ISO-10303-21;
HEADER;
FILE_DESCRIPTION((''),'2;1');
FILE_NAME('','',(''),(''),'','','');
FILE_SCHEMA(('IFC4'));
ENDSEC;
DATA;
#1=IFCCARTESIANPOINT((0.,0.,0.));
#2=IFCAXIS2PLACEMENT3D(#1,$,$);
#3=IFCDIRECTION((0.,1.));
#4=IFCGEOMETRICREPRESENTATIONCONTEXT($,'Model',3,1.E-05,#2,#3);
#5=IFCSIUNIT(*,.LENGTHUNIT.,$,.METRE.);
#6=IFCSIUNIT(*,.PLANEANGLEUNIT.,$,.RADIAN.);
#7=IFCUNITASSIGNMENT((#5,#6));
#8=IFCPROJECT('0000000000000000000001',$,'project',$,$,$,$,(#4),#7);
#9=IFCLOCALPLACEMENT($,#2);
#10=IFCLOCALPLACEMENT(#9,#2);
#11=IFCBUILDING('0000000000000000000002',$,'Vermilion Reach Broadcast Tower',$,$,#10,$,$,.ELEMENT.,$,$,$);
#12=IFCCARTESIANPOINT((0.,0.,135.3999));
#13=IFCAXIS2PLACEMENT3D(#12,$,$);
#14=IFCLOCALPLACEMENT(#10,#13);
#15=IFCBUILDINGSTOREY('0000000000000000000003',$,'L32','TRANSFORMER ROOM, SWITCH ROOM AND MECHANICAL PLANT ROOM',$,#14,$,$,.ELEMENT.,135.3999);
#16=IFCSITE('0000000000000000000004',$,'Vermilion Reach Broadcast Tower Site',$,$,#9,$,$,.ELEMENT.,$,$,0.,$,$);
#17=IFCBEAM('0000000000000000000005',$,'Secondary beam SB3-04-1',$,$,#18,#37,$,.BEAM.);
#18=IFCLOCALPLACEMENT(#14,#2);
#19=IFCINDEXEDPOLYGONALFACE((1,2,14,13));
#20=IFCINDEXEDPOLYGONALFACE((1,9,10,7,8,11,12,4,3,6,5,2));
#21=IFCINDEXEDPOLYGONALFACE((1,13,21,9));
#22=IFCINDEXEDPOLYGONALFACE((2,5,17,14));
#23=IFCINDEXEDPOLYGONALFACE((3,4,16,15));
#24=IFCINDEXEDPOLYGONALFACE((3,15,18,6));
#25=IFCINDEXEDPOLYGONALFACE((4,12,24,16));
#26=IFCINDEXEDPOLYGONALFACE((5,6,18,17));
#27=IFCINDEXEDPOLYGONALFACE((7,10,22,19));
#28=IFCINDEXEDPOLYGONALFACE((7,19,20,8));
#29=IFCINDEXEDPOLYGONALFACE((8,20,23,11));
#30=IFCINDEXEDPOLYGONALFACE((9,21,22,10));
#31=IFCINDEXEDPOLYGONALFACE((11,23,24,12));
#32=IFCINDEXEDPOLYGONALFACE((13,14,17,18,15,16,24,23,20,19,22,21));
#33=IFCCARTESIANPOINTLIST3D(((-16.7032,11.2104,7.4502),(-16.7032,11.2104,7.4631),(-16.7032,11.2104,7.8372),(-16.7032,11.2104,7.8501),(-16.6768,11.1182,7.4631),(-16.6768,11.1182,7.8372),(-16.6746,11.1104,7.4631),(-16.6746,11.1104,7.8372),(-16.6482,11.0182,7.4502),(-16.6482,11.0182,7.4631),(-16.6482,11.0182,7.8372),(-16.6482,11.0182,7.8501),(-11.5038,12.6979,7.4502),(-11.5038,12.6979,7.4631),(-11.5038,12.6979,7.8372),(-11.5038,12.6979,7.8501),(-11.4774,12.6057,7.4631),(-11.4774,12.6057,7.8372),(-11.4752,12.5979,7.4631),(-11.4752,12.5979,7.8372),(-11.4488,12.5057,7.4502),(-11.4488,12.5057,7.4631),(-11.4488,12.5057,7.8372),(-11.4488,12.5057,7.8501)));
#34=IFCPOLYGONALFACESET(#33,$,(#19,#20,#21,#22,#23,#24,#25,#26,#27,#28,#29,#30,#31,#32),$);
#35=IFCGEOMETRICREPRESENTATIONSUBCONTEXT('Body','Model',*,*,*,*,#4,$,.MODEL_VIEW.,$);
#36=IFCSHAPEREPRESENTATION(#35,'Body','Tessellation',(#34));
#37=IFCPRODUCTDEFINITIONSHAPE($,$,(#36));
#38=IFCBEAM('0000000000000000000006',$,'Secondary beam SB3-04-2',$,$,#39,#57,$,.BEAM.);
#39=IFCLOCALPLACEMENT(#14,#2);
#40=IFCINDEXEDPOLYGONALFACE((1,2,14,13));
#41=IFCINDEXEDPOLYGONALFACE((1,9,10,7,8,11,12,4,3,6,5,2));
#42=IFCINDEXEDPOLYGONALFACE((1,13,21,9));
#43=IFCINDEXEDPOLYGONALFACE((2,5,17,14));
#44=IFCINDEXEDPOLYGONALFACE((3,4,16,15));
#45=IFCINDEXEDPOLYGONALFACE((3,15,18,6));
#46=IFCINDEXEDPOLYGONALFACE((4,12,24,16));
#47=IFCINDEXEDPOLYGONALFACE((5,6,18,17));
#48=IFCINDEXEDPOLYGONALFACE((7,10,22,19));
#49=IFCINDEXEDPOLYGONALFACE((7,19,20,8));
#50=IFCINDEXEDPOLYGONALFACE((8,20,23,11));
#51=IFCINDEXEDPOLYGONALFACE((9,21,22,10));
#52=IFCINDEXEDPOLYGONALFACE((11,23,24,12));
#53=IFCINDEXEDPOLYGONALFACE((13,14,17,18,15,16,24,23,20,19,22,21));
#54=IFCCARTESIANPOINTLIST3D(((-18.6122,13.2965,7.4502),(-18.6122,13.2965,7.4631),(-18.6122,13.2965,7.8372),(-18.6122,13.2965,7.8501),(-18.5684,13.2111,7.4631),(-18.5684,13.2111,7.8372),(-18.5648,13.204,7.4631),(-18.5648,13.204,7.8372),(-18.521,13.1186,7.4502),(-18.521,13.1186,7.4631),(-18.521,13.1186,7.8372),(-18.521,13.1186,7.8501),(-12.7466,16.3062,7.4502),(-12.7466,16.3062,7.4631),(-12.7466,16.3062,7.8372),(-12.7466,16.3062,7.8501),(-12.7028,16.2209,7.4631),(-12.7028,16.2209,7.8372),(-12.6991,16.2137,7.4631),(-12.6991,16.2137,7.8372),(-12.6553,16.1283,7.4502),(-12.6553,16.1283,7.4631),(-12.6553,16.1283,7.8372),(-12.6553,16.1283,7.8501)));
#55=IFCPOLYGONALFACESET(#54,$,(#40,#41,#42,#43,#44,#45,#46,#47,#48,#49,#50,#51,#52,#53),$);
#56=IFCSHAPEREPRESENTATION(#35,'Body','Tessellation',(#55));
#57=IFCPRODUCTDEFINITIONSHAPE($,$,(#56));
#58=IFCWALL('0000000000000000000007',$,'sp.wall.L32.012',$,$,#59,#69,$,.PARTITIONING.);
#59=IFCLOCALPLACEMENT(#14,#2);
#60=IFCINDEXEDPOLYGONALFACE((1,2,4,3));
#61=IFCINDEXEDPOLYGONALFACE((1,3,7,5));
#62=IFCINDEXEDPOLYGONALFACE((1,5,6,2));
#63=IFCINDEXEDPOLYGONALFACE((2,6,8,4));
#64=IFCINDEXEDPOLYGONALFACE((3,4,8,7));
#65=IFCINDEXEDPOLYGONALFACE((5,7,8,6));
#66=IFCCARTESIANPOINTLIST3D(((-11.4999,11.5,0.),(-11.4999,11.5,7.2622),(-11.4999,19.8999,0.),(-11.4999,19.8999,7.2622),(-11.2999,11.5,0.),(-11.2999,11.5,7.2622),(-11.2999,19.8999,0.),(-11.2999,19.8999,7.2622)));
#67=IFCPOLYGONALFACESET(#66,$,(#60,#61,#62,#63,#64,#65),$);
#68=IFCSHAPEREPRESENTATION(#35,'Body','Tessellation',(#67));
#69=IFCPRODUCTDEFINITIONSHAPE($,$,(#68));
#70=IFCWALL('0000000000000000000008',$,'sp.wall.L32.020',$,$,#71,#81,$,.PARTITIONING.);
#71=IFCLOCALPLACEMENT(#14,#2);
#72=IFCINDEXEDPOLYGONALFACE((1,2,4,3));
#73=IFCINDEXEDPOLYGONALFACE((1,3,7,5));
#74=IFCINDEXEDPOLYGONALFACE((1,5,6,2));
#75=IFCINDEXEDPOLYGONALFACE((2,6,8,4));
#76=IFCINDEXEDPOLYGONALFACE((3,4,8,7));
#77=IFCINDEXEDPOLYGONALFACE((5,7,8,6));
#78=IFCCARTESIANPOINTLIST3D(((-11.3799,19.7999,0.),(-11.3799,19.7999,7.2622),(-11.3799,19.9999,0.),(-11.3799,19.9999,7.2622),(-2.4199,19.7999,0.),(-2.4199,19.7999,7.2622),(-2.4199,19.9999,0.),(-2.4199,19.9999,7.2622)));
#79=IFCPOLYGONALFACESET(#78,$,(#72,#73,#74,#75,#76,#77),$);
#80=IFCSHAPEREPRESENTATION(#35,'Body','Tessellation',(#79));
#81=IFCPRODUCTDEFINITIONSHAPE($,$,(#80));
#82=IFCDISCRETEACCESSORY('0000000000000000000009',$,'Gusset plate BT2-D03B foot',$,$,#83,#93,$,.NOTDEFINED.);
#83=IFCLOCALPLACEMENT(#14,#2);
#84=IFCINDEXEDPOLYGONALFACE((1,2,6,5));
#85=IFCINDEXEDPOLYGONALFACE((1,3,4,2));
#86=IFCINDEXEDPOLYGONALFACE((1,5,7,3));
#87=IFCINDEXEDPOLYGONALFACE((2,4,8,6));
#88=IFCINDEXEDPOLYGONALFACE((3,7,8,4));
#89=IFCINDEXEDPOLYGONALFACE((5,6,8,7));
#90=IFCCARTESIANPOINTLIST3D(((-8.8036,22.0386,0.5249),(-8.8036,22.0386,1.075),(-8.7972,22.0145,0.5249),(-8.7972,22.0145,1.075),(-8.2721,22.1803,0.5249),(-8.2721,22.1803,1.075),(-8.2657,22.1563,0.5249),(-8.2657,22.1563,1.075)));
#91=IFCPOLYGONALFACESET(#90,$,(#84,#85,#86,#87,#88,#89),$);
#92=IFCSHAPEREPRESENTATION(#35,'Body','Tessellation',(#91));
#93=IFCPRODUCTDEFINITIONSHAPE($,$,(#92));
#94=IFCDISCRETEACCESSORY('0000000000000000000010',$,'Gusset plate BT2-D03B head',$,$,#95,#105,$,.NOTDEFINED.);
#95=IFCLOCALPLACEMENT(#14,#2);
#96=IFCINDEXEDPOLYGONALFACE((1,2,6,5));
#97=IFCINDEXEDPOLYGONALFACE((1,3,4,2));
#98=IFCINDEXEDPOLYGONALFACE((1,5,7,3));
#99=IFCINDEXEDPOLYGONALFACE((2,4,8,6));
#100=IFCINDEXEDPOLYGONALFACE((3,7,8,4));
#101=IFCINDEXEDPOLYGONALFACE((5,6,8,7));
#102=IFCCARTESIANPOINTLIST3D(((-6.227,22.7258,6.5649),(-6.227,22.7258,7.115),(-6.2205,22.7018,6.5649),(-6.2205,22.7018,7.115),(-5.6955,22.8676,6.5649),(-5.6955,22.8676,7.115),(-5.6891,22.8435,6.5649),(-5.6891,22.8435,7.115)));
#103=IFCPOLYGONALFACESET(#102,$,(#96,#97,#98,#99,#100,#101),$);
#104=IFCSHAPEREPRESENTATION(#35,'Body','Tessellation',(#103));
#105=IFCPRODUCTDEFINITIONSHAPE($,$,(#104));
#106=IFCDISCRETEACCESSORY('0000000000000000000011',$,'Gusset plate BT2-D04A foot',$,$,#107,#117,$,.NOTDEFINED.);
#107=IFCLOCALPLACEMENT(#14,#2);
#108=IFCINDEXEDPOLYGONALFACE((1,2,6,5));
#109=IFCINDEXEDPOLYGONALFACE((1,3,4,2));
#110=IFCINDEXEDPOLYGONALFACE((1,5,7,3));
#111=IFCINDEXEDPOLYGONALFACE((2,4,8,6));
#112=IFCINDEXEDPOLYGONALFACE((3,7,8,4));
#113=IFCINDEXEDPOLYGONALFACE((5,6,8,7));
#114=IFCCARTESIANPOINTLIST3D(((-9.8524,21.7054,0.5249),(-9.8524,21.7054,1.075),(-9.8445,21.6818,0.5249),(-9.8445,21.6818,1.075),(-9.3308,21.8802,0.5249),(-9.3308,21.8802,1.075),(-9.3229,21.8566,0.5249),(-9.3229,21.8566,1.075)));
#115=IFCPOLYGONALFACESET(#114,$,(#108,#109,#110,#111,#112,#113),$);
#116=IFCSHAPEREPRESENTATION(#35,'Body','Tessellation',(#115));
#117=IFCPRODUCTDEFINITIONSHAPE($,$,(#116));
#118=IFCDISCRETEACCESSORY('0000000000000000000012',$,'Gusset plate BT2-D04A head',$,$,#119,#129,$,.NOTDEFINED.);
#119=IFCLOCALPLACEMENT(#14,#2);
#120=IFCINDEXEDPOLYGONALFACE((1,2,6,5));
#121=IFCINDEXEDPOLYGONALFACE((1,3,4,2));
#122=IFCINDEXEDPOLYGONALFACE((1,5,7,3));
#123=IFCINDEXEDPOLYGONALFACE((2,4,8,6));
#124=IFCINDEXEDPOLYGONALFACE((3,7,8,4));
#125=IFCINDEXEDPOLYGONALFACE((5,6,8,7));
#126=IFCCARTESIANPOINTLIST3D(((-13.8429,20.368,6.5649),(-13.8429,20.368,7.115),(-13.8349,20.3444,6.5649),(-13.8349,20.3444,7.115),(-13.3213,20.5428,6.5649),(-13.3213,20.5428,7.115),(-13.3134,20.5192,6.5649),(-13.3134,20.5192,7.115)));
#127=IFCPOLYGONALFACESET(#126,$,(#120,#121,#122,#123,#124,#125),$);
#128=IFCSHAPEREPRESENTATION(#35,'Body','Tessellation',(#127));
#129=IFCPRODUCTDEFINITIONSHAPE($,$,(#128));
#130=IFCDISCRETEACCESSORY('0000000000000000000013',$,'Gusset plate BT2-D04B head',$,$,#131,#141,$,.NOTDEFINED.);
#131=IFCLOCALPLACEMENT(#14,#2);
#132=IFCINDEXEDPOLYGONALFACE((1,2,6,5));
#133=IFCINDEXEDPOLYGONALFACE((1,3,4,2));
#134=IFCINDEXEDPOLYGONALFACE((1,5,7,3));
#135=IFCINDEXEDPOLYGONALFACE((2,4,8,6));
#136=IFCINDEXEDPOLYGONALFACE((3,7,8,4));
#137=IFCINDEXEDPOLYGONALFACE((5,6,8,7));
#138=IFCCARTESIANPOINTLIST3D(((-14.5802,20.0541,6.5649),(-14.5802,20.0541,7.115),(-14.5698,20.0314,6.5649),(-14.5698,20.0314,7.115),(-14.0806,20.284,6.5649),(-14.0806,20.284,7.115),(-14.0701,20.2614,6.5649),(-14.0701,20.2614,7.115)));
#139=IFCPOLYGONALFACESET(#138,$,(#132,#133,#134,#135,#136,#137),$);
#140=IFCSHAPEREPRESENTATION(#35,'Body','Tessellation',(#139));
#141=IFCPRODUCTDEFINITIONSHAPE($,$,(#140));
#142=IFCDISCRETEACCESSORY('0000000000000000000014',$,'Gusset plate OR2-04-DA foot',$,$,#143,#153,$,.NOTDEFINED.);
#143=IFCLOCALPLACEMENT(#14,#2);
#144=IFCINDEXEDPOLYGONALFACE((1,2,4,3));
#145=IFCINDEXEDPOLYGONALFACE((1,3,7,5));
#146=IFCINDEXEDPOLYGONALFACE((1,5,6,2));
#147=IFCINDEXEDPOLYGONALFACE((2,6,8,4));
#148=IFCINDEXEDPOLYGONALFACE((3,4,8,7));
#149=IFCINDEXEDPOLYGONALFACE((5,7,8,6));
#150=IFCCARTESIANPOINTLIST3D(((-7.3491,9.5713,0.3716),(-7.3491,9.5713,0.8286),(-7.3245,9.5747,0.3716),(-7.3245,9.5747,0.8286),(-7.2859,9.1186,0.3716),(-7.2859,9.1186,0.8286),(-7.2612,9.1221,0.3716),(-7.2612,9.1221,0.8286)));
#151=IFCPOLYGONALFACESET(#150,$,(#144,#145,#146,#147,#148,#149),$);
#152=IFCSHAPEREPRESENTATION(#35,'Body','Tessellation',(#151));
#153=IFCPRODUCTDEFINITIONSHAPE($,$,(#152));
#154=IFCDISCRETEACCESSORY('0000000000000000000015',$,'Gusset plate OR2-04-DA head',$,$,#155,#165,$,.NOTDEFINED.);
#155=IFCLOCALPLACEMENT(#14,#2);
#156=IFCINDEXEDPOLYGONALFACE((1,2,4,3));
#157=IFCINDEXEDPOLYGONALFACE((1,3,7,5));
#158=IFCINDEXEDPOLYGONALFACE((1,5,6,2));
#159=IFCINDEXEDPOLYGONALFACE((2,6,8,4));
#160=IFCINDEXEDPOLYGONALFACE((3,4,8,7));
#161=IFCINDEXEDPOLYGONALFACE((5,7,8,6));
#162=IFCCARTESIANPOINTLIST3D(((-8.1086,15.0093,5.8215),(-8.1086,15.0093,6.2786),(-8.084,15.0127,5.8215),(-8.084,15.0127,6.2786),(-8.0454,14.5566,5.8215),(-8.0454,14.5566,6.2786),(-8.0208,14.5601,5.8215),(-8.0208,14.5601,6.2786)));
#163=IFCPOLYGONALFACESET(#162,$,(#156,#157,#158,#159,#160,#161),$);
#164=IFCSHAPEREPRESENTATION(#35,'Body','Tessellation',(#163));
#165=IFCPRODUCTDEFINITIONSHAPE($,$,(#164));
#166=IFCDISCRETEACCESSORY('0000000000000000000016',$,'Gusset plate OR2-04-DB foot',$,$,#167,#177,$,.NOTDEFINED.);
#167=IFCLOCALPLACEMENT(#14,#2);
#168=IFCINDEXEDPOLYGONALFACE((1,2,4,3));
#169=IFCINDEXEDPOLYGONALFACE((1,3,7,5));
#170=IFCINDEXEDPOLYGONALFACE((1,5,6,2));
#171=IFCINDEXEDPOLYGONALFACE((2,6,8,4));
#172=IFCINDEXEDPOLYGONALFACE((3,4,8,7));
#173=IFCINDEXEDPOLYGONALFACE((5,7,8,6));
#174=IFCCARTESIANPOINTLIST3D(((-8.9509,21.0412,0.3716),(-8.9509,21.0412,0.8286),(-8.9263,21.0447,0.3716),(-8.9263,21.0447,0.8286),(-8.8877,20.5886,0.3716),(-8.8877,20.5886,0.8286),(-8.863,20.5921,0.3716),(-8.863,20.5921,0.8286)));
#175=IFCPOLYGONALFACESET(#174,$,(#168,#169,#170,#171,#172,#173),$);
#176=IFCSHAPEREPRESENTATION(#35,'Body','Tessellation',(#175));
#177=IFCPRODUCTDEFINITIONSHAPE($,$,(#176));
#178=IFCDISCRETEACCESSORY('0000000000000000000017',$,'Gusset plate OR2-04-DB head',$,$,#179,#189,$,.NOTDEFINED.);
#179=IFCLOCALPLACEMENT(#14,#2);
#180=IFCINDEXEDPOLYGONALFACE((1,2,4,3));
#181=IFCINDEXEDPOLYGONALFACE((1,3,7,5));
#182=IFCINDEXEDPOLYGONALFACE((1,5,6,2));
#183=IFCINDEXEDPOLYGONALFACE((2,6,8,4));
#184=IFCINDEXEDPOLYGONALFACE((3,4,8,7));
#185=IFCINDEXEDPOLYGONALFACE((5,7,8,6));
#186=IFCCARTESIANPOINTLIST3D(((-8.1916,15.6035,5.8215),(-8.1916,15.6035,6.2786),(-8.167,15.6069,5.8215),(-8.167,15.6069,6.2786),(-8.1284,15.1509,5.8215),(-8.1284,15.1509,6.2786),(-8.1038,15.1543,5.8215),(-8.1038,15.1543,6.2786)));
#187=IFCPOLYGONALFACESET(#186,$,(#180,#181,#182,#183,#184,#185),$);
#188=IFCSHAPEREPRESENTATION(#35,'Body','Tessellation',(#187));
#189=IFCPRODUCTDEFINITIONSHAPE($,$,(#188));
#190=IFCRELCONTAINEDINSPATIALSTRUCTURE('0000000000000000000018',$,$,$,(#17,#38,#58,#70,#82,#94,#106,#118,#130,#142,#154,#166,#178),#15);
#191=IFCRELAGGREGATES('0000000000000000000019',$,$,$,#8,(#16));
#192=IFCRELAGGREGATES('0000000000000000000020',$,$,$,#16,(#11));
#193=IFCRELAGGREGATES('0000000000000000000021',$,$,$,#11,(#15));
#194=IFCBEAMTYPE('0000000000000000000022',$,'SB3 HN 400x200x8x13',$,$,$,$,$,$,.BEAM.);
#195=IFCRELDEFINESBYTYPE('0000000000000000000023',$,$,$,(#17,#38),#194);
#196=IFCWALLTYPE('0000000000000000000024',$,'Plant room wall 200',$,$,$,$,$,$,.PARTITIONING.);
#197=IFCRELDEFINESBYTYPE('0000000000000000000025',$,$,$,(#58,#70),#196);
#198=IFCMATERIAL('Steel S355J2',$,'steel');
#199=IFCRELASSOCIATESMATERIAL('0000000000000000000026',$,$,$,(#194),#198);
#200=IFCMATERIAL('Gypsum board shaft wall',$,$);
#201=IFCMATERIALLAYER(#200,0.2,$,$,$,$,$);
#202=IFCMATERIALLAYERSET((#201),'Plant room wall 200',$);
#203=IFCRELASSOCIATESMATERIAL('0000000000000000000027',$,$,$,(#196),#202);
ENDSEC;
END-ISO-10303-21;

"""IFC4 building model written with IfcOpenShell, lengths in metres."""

from ifc_helpers import new_model, si_unit, direction, frame, frame_2d, origin, origin_2d, place, context, subcontext, project, spatial, rectangle, i_section, extrude, material, layer, layer_set, material_profile, profile_set, type_object, element, save


model = new_model("IFC4")

# Units and contexts
model_context = context("Model", 3, precision=1e-05, world=origin(), true_north=direction((0.0, 1.0)))
body_context = subcontext(model_context, "Body", "Model", "MODEL_VIEW")
ifc_project = project(units=[si_unit("LENGTHUNIT", "METRE"), si_unit("PLANEANGLEUNIT", "RADIAN")], contexts=[model_context])

# Site, building, storey
site_placement = place(None, origin())
site = spatial("IfcSite", under=ifc_project, at=site_placement, Name="Vermilion Reach Broadcast Tower Site", CompositionType="ELEMENT", RefElevation=0.0)
building_placement = place(site_placement, origin())
building = spatial("IfcBuilding", under=site, at=building_placement, Name="Vermilion Reach Broadcast Tower", CompositionType="ELEMENT")
storey_placement = place(building_placement, frame((0.0, 0.0, 135.3999)))
storey = spatial("IfcBuildingStorey", under=building, at=storey_placement, Name="L32", Description="TRANSFORMER ROOM, SWITCH ROOM AND MECHANICAL PLANT ROOM", CompositionType="ELEMENT", Elevation=135.3999)

# Beams
ifc_material_1 = material(Name="Steel S355J2", Category="steel")
ifc_material_profile_1 = material_profile(ifc_material_1, i_section(OverallWidth=0.2, OverallDepth=0.3999, WebThickness=0.0081, FlangeThickness=0.0129, at=origin_2d()), Name="S355J2 HN 400x200x8x13")
ifc_profile_set_1 = profile_set([ifc_material_profile_1], Name="Steel S355J2")
beam_type_1 = type_object("IfcBeamType", Name="SB3 HN 400x200x8x13", PredefinedType="BEAM", material=ifc_profile_set_1)
beam_1_placement = place(storey_placement, frame((-11.4763, 12.6018, 7.6501), z_axis=(-0.961427, -0.275061, 0.0), x_axis=(0.275061, -0.961427, 0.0)))
element("IfcBeam", 1, at=beam_1_placement, inside=storey, type_object=beam_type_1, Name="Secondary beam SB3-04-1", PredefinedType="BEAM", context=body_context, shape_type="SweptSolid", body=[
    extrude(i_section(OverallWidth=0.2, OverallDepth=0.3999, WebThickness=0.0081, FlangeThickness=0.0129, at=origin_2d()), origin(), (0.0, 0.0, 1.0), 5.408),
])
beam_2_placement = place(storey_placement, frame((-12.7009, 16.2173, 7.6501), z_axis=(-0.889713, -0.456521, 0.0), x_axis=(0.456521, -0.889713, 0.0)))
element("IfcBeam", 2, at=beam_2_placement, inside=storey, type_object=beam_type_1, Name="Secondary beam SB3-04-2", PredefinedType="BEAM", context=body_context, shape_type="SweptSolid", body=[
    extrude(i_section(OverallWidth=0.2, OverallDepth=0.3999, WebThickness=0.0081, FlangeThickness=0.0129, at=origin_2d()), origin(), (0.0, 0.0, 1.0), 6.5928),
])

# Walls
ifc_material_2 = material(Name="Gypsum board shaft wall")
ifc_layer = layer(ifc_material_2, 0.2)
ifc_layer_set = layer_set([ifc_layer], Name="Plant room wall 200")
wall_type = type_object("IfcWallType", Name="Plant room wall 200", PredefinedType="PARTITIONING", material=ifc_layer_set)
wall_1_placement = place(storey_placement, frame((-11.3999, 11.5, 0.0), z_axis=(0.0, 0.0, 1.0), x_axis=(0.0, 1.0, 0.0)))
element("IfcWall", 3, at=wall_1_placement, inside=storey, type_object=wall_type, Name="sp.wall.L32.012", PredefinedType="PARTITIONING", context=body_context, shape_type="SweptSolid", body=[
    extrude(rectangle(XDim=8.3999, YDim=0.2, at=frame_2d((4.2, 0.0))), origin(), (0.0, 0.0, 1.0), 7.2622),
])
wall_2_placement = place(storey_placement, frame((-11.3799, 19.8999, 0.0), z_axis=(0.0, 0.0, 1.0), x_axis=(1.0, 0.0, 0.0)))
element("IfcWall", 4, at=wall_2_placement, inside=storey, type_object=wall_type, Name="sp.wall.L32.020", PredefinedType="PARTITIONING", context=body_context, shape_type="SweptSolid", body=[
    extrude(rectangle(XDim=8.96, YDim=0.2, at=frame_2d((4.48, 0.0))), origin(), (0.0, 0.0, 1.0), 7.2622),
])

# Discrete accessories
for number, where, z_axis, x_axis, name in (
    (5, (-8.5347, 22.0974, 0.5249), (0.0, 0.0, 1.0), (-0.25769, 0.966228, 0.0), "Gusset plate BT2-D03B foot"),
    (6, (-5.958, 22.7847, 6.5649), (0.0, 0.0, 1.0), (-0.25769, 0.966228, 0.0), "Gusset plate BT2-D03B head"),
    (7, (-9.5876, 21.781, 0.5249), (0.0, 0.0, 1.0), (0.317745, -0.948176, 0.0), "Gusset plate BT2-D04A foot"),
    (8, (-13.5781, 20.4436, 6.5649), (0.0, 0.0, 1.0), (0.317745, -0.948176, 0.0), "Gusset plate BT2-D04A head"),
    (9, (-14.3252, 20.1577, 6.5649), (0.0, 0.0, 1.0), (-0.418024, 0.908436, 0.0), "Gusset plate BT2-D04B head"),
):
    element("IfcDiscreteAccessory", number, at=place(storey_placement, frame(where, z_axis=z_axis, x_axis=x_axis)), inside=storey, Name=name, PredefinedType="NOTDEFINED", context=body_context, shape_type="SweptSolid", body=[
        extrude(rectangle(XDim=0.0249, YDim=0.55, at=origin_2d()), origin(), (0.0, 0.0, 1.0), 0.55),
    ])
for number, where, z_axis, x_axis, name in (
    (10, (-7.3052, 9.3467, 0.3716), (0.0, 0.0, 1.0), (-0.990389, -0.138309, 0.0), "Gusset plate OR2-04-DA foot"),
    (11, (-8.0647, 14.7847, 5.8215), (0.0, 0.0, 1.0), (-0.990389, -0.138309, 0.0), "Gusset plate OR2-04-DA head"),
    (12, (-8.907, 20.8167, 0.3716), (0.0, 0.0, 1.0), (-0.990389, -0.138309, 0.0), "Gusset plate OR2-04-DB foot"),
    (13, (-8.1477, 15.3789, 5.8215), (0.0, 0.0, 1.0), (-0.990389, -0.138309, 0.0), "Gusset plate OR2-04-DB head"),
):
    element("IfcDiscreteAccessory", number, at=place(storey_placement, frame(where, z_axis=z_axis, x_axis=x_axis)), inside=storey, Name=name, PredefinedType="NOTDEFINED", context=body_context, shape_type="SweptSolid", body=[
        extrude(rectangle(XDim=0.0249, YDim=0.457, at=origin_2d()), origin(), (0.0, 0.0, 1.0), 0.457),
    ])

save(model, "model.ifc")
